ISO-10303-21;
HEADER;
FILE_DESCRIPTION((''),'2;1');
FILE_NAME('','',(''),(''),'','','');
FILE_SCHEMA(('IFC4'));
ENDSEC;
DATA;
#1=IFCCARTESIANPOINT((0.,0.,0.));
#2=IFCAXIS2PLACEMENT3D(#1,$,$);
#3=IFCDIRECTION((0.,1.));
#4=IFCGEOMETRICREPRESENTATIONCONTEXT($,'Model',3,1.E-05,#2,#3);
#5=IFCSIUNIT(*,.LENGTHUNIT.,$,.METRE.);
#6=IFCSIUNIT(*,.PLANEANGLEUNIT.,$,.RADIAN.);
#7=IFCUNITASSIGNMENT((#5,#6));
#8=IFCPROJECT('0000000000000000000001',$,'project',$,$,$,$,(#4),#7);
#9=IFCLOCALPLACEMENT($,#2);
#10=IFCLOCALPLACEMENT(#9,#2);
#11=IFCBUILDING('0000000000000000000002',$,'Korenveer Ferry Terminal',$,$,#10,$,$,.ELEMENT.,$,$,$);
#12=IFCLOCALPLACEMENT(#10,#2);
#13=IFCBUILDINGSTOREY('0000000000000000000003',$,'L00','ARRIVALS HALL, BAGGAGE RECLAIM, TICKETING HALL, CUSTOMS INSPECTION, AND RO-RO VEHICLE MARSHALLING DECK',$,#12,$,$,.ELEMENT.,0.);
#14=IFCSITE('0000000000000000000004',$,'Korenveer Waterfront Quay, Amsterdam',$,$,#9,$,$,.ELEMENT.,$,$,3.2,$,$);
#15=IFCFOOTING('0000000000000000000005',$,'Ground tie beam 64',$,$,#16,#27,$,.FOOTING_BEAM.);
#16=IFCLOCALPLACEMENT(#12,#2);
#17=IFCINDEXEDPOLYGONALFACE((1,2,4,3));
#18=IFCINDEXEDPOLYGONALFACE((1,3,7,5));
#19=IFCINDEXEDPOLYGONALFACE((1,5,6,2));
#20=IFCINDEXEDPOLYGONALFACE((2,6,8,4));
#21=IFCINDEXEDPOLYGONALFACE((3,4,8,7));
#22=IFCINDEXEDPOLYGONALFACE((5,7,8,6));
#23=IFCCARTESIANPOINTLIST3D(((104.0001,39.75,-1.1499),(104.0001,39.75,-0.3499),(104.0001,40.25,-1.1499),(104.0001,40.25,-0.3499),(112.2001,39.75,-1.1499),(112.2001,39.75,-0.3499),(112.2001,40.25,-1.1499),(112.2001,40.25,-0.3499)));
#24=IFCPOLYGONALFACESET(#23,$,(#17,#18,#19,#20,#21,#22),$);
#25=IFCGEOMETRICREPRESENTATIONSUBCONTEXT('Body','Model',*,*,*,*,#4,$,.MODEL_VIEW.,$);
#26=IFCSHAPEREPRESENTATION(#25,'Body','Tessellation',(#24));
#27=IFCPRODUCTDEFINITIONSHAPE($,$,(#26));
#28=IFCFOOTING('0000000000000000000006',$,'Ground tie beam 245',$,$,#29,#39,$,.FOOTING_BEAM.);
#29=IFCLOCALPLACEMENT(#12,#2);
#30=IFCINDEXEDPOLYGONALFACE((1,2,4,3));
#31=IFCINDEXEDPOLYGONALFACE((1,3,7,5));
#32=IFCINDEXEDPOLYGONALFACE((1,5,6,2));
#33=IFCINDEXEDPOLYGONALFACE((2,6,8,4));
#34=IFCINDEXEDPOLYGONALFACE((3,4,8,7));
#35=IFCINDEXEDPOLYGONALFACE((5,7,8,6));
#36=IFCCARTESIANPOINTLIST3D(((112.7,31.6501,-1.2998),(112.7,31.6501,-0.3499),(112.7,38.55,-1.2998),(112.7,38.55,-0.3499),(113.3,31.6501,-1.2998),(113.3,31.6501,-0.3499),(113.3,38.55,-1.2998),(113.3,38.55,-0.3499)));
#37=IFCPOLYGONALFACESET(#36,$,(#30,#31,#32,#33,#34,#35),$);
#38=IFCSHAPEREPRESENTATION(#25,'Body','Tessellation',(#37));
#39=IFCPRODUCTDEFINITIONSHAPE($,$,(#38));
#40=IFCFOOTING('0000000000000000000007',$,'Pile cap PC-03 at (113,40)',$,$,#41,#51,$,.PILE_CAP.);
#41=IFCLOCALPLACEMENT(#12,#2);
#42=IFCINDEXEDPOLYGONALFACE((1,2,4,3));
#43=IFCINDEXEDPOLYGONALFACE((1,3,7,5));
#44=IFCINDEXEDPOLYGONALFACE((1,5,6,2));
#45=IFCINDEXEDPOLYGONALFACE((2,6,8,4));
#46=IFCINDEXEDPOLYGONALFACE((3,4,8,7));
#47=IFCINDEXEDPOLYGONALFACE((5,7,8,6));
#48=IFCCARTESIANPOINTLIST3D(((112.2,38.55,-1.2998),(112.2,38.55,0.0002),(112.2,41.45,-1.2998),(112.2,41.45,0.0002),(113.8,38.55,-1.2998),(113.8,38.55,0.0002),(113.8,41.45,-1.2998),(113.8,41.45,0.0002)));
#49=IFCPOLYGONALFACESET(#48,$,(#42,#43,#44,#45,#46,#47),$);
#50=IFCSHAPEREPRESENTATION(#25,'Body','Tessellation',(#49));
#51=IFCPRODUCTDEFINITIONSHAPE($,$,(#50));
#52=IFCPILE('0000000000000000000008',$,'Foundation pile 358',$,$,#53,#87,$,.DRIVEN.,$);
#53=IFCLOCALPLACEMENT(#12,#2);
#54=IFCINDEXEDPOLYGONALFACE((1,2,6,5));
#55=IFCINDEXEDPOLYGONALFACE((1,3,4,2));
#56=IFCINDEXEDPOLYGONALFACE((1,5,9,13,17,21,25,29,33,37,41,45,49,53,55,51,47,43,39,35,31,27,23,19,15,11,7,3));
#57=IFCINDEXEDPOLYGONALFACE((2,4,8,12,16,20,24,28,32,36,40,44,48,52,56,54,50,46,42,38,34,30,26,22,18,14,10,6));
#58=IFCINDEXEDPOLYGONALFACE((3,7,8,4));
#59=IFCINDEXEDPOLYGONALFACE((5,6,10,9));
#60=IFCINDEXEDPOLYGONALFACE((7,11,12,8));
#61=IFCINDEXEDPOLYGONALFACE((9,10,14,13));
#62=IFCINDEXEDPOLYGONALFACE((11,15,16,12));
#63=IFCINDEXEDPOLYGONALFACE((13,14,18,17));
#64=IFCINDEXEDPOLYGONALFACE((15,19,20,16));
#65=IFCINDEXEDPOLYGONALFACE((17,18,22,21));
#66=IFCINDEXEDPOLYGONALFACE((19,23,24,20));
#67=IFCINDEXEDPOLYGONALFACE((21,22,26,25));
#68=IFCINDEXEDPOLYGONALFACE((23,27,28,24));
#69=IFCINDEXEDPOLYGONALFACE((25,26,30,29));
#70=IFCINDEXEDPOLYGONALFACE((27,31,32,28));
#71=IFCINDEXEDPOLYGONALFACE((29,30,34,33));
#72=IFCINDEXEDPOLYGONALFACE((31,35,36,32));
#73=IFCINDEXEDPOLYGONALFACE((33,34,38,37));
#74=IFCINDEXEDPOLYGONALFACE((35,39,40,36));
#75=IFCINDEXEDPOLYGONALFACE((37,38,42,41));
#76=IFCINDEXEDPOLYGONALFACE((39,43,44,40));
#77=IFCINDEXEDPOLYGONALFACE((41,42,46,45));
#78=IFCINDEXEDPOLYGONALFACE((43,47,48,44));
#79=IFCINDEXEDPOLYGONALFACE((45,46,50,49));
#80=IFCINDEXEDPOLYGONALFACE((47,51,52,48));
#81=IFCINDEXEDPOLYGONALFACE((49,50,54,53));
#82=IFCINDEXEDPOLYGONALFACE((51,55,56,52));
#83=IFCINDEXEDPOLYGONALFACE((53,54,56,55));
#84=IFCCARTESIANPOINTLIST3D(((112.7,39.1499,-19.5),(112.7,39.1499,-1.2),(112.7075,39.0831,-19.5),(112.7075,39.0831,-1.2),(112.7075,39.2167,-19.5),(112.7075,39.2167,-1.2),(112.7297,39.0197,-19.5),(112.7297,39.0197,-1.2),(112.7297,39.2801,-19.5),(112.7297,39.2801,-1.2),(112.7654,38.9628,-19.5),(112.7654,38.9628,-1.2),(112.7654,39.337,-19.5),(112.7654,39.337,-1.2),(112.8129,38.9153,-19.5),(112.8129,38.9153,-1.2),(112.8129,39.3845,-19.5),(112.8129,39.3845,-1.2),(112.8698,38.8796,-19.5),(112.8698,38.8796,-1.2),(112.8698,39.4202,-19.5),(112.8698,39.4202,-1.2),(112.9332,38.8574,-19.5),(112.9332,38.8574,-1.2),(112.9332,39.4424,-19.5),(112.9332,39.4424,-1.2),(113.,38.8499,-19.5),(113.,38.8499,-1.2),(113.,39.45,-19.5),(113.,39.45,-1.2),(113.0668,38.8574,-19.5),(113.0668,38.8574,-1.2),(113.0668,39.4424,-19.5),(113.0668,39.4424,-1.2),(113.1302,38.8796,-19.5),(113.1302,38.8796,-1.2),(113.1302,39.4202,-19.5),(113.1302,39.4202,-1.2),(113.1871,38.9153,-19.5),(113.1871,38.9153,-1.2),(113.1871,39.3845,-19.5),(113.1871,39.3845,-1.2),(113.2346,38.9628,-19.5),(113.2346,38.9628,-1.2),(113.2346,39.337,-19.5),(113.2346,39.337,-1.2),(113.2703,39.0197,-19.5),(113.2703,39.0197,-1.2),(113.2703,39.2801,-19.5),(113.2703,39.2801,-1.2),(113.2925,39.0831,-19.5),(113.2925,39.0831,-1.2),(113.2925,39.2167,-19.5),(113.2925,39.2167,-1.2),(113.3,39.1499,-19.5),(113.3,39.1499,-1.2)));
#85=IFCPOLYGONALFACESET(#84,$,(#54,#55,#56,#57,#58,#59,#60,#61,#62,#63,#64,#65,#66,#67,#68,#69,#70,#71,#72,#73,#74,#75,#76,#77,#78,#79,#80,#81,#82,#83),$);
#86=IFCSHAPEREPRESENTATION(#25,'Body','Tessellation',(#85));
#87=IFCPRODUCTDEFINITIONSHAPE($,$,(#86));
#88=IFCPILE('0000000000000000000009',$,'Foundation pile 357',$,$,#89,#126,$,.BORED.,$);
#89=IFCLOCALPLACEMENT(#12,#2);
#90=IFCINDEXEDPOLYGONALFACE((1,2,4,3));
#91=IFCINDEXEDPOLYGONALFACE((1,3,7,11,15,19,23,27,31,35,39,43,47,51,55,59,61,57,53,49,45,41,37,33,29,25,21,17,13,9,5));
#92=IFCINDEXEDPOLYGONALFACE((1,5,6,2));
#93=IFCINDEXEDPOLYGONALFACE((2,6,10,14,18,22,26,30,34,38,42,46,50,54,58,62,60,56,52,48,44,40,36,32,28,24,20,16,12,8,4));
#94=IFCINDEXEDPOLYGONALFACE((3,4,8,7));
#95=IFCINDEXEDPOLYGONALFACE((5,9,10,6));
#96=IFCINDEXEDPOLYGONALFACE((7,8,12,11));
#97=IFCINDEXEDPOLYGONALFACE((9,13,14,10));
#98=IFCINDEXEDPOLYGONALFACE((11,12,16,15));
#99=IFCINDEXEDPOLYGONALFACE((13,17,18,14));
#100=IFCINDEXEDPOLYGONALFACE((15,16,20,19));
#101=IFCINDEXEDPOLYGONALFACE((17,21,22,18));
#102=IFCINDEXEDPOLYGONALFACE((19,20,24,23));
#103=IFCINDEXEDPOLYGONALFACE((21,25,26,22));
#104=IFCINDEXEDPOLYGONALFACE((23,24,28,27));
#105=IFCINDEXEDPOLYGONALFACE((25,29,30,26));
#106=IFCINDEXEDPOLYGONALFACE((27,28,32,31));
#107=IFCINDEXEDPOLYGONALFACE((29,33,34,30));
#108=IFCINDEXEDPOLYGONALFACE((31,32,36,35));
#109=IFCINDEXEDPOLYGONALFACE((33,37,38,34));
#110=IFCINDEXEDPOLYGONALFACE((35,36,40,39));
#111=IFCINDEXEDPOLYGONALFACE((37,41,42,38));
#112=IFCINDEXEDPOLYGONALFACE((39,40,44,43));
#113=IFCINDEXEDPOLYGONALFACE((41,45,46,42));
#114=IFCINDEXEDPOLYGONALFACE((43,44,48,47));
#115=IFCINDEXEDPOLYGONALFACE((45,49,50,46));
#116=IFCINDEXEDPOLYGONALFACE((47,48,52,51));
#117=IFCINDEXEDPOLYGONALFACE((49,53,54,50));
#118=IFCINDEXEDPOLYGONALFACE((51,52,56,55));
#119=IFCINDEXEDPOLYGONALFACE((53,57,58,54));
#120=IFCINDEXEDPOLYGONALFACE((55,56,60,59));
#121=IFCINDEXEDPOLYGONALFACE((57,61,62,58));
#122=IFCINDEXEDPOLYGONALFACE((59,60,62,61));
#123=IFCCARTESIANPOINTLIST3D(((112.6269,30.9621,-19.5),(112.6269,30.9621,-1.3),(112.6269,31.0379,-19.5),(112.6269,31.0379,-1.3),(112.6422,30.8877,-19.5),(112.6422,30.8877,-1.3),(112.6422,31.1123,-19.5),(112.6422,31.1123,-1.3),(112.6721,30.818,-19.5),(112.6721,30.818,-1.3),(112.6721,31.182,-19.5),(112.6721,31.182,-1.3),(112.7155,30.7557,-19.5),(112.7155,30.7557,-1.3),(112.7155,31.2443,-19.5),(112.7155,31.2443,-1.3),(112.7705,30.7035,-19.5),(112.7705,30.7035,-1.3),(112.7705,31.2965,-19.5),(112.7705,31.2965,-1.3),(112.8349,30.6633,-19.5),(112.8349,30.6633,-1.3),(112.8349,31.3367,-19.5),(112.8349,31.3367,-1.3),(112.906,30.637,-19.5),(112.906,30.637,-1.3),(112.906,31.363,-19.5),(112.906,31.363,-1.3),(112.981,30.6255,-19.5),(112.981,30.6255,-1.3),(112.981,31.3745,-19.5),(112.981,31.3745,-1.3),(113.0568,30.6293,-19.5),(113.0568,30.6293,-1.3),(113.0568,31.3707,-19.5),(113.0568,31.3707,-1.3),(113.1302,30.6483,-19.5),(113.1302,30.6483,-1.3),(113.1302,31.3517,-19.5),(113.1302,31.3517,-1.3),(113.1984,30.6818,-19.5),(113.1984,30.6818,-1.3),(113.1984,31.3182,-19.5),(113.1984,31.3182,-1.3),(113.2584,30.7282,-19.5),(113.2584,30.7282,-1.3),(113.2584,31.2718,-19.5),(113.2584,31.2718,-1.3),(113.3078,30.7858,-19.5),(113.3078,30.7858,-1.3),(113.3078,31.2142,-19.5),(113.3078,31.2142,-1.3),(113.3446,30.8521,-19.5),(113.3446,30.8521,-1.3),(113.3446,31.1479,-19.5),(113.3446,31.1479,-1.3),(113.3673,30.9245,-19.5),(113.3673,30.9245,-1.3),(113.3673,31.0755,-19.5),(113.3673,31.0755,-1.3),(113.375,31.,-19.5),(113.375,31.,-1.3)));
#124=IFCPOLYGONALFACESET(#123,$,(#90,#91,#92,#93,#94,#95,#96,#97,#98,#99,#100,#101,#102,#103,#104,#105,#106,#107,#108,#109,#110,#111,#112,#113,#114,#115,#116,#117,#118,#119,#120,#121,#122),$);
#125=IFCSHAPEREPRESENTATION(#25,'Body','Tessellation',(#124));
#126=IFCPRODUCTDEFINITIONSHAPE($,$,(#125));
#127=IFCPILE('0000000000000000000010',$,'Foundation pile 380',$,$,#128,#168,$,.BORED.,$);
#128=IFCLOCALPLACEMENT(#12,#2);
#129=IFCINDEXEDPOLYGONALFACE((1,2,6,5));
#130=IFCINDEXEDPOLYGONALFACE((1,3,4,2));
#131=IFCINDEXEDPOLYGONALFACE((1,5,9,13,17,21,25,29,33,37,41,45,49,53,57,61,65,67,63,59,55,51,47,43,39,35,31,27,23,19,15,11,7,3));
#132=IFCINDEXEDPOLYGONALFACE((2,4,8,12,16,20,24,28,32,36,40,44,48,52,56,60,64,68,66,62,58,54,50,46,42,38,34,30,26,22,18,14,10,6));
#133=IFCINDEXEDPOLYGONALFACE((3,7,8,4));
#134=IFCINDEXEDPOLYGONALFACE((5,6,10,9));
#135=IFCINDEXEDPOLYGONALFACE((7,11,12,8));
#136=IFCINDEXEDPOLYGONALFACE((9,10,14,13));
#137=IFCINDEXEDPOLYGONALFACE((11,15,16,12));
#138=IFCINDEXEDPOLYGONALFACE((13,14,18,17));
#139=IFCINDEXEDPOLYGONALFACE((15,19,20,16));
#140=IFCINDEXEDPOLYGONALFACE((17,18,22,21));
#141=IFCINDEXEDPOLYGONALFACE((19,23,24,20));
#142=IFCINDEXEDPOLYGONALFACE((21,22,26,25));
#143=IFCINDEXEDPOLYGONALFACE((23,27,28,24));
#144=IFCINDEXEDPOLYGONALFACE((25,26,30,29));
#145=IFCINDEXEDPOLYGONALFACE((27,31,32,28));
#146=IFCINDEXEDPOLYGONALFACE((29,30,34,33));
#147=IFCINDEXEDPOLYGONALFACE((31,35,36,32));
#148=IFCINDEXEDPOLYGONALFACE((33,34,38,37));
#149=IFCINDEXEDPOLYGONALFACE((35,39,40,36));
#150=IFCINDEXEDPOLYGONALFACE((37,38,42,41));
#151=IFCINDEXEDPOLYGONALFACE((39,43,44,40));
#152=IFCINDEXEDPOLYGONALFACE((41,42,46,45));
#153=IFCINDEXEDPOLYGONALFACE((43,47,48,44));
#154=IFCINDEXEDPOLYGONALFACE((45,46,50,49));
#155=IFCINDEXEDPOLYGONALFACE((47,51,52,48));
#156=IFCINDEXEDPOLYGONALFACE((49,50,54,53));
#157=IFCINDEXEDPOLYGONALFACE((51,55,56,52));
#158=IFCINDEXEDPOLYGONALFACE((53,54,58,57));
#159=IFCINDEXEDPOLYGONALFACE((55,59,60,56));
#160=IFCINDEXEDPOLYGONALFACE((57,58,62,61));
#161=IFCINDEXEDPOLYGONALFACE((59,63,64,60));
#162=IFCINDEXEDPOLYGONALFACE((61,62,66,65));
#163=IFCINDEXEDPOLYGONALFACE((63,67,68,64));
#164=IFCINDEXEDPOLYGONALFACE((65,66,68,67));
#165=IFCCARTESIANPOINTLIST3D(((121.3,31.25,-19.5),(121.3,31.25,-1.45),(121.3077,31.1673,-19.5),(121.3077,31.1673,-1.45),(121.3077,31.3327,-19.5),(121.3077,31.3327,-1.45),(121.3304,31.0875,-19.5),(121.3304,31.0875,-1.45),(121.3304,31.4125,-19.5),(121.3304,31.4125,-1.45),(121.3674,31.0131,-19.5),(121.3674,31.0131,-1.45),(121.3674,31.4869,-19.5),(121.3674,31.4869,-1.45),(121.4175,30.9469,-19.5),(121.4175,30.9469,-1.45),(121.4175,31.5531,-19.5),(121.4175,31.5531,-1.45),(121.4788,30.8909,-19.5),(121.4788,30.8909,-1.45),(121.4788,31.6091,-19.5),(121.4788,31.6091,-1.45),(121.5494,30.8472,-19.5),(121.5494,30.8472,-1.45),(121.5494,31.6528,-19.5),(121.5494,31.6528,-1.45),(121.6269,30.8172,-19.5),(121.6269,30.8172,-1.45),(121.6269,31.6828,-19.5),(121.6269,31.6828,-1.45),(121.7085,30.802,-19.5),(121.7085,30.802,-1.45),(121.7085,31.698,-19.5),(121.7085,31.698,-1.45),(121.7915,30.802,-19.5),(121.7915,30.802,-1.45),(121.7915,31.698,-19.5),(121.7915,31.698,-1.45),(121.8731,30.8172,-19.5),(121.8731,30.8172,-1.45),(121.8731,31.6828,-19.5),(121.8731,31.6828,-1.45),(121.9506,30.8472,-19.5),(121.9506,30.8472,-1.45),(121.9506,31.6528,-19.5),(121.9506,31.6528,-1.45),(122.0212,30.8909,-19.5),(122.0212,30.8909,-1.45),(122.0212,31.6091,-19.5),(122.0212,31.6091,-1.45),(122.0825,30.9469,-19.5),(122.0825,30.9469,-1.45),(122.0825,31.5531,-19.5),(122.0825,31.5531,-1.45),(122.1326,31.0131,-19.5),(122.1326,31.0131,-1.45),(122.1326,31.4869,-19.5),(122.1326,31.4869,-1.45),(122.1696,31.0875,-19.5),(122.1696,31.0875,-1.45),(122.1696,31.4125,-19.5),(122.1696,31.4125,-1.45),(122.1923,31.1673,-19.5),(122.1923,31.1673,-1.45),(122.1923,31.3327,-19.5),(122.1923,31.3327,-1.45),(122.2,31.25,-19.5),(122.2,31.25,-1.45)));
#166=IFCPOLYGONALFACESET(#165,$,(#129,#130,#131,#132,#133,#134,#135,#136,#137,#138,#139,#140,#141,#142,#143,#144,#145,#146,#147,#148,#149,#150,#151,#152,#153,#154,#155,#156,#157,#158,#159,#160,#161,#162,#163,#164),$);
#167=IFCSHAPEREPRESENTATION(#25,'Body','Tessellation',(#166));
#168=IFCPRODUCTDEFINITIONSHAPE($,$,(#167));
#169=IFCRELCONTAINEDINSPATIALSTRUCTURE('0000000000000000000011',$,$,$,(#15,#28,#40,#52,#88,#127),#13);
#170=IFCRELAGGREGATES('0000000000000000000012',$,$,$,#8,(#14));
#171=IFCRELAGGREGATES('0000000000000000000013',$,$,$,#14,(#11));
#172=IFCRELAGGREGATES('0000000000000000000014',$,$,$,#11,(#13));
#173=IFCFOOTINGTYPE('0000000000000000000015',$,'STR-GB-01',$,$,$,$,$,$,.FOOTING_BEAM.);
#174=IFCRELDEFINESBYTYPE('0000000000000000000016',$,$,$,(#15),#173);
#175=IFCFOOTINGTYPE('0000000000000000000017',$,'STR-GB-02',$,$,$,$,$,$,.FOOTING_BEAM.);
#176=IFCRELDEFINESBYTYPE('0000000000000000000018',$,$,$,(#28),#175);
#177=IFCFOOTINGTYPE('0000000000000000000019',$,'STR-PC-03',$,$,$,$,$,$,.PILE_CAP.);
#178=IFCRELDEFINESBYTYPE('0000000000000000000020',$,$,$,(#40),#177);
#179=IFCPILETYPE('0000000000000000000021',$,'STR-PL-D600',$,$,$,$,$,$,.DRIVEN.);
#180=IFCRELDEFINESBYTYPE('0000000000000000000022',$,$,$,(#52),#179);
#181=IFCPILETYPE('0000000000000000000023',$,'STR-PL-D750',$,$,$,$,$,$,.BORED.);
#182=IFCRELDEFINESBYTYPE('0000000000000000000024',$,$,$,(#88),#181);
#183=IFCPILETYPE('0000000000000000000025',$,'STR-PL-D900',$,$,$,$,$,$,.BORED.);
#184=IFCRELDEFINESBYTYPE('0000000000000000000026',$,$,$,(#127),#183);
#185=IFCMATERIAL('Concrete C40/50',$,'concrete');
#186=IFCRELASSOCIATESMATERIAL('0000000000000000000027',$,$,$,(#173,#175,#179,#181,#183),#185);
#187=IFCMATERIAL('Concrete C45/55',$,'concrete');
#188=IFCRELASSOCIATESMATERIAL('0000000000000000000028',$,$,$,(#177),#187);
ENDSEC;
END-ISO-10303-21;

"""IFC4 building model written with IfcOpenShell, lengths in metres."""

from ifc_helpers import new_model, si_unit, direction, frame, origin, origin_2d, place, context, subcontext, project, spatial, rectangle, circle, extrude, material, material_profile, profile_set, type_object, element, save


model = new_model("IFC4")

# Units and contexts
model_context = context("Model", 3, precision=1e-05, world=origin(), true_north=direction((0.0, 1.0)))
body_context = subcontext(model_context, "Body", "Model", "MODEL_VIEW")
ifc_project = project(units=[si_unit("LENGTHUNIT", "METRE"), si_unit("PLANEANGLEUNIT", "RADIAN")], contexts=[model_context])

# Site, building, storey
site_placement = place(None, origin())
site = spatial("IfcSite", under=ifc_project, at=site_placement, Name="Korenveer Waterfront Quay, Amsterdam", CompositionType="ELEMENT", RefElevation=3.2)
building_placement = place(site_placement, origin())
building = spatial("IfcBuilding", under=site, at=building_placement, Name="Korenveer Ferry Terminal", CompositionType="ELEMENT")
storey_placement = place(building_placement, origin())
storey = spatial("IfcBuildingStorey", under=building, at=storey_placement, Name="L00", Description="ARRIVALS HALL, BAGGAGE RECLAIM, TICKETING HALL, CUSTOMS INSPECTION, AND RO-RO VEHICLE MARSHALLING DECK", CompositionType="ELEMENT", Elevation=0.0)

# Footings
ifc_material_1 = material(Name="Concrete C40/50", Category="concrete")
footing_type_1 = type_object("IfcFootingType", Name="STR-GB-01", PredefinedType="FOOTING_BEAM", material=ifc_material_1)
footing_1_placement = place(storey_placement, frame((108.1001, 40.0, -1.1499), z_axis=(0.0, 0.0, 1.0), x_axis=(1.0, 0.0, 0.0)))
element("IfcFooting", 1, at=footing_1_placement, inside=storey, type_object=footing_type_1, Name="Ground tie beam 64", PredefinedType="FOOTING_BEAM", context=body_context, shape_type="SweptSolid", body=[
    extrude(rectangle(XDim=8.2, YDim=0.5, at=origin_2d()), origin(), (0.0, 0.0, 1.0), 0.8),
])
footing_type_2 = type_object("IfcFootingType", Name="STR-GB-02", PredefinedType="FOOTING_BEAM", material=ifc_material_1)
footing_2_placement = place(storey_placement, frame((113.0, 35.1001, -1.2998), z_axis=(0.0, 0.0, 1.0), x_axis=(1.0, 0.0, 0.0)))
element("IfcFooting", 2, at=footing_2_placement, inside=storey, type_object=footing_type_2, Name="Ground tie beam 245", PredefinedType="FOOTING_BEAM", context=body_context, shape_type="SweptSolid", body=[
    extrude(rectangle(XDim=0.6001, YDim=6.8999, at=origin_2d()), origin(), (0.0, 0.0, 1.0), 0.95),
])
ifc_material_2 = material(Name="Concrete C45/55", Category="concrete")
footing_type_3 = type_object("IfcFootingType", Name="STR-PC-03", PredefinedType="PILE_CAP", material=ifc_material_2)
footing_3_placement = place(storey_placement, frame((113.0, 40.0, -1.2998), z_axis=(0.0, 0.0, 1.0), x_axis=(1.0, 0.0, 0.0)))
element("IfcFooting", 3, at=footing_3_placement, inside=storey, type_object=footing_type_3, Name="Pile cap PC-03 at (113,40)", PredefinedType="PILE_CAP", context=body_context, shape_type="SweptSolid", body=[
    extrude(rectangle(XDim=1.6001, YDim=2.8999, at=origin_2d()), origin(), (0.0, 0.0, 1.0), 1.3),
])

# Piles
ifc_material_profile_1 = material_profile(ifc_material_1, circle(Radius=0.3, at=origin_2d()), Name="PILE D600")
ifc_profile_set_1 = profile_set([ifc_material_profile_1], Name="Concrete C40/50")
pile_type_1 = type_object("IfcPileType", Name="STR-PL-D600", PredefinedType="DRIVEN", material=ifc_profile_set_1)
pile_1_placement = place(storey_placement, frame((113.0, 39.1499, -1.2), z_axis=(0.0, 0.0, -1.0), x_axis=(1.0, 0.0, 0.0)))
element("IfcPile", 4, at=pile_1_placement, inside=storey, type_object=pile_type_1, Name="Foundation pile 358", PredefinedType="DRIVEN", context=body_context, shape_type="SweptSolid", body=[
    extrude(circle(Radius=0.3, at=origin_2d()), origin(), (0.0, 0.0, 1.0), 18.3),
])
ifc_material_profile_2 = material_profile(ifc_material_1, circle(Radius=0.375, at=origin_2d()), Name="PILE D750")
ifc_profile_set_2 = profile_set([ifc_material_profile_2], Name="Concrete C40/50")
pile_type_2 = type_object("IfcPileType", Name="STR-PL-D750", PredefinedType="BORED", material=ifc_profile_set_2)
pile_2_placement = place(storey_placement, frame((113.0, 31.0, -1.3), z_axis=(0.0, 0.0, -1.0), x_axis=(1.0, 0.0, 0.0)))
element("IfcPile", 5, at=pile_2_placement, inside=storey, type_object=pile_type_2, Name="Foundation pile 357", PredefinedType="BORED", context=body_context, shape_type="SweptSolid", body=[
    extrude(circle(Radius=0.375, at=origin_2d()), origin(), (0.0, 0.0, 1.0), 18.2),
])
ifc_material_profile_3 = material_profile(ifc_material_1, circle(Radius=0.45, at=origin_2d()), Name="PILE D900")
ifc_profile_set_3 = profile_set([ifc_material_profile_3], Name="Concrete C40/50")
pile_type_3 = type_object("IfcPileType", Name="STR-PL-D900", PredefinedType="BORED", material=ifc_profile_set_3)
pile_3_placement = place(storey_placement, frame((121.75, 31.25, -1.45), z_axis=(0.0, 0.0, -1.0), x_axis=(1.0, 0.0, 0.0)))
element("IfcPile", 6, at=pile_3_placement, inside=storey, type_object=pile_type_3, Name="Foundation pile 380", PredefinedType="BORED", context=body_context, shape_type="SweptSolid", body=[
    extrude(circle(Radius=0.45, at=origin_2d()), origin(), (0.0, 0.0, 1.0), 18.05),
])

save(model, "model.ifc")
